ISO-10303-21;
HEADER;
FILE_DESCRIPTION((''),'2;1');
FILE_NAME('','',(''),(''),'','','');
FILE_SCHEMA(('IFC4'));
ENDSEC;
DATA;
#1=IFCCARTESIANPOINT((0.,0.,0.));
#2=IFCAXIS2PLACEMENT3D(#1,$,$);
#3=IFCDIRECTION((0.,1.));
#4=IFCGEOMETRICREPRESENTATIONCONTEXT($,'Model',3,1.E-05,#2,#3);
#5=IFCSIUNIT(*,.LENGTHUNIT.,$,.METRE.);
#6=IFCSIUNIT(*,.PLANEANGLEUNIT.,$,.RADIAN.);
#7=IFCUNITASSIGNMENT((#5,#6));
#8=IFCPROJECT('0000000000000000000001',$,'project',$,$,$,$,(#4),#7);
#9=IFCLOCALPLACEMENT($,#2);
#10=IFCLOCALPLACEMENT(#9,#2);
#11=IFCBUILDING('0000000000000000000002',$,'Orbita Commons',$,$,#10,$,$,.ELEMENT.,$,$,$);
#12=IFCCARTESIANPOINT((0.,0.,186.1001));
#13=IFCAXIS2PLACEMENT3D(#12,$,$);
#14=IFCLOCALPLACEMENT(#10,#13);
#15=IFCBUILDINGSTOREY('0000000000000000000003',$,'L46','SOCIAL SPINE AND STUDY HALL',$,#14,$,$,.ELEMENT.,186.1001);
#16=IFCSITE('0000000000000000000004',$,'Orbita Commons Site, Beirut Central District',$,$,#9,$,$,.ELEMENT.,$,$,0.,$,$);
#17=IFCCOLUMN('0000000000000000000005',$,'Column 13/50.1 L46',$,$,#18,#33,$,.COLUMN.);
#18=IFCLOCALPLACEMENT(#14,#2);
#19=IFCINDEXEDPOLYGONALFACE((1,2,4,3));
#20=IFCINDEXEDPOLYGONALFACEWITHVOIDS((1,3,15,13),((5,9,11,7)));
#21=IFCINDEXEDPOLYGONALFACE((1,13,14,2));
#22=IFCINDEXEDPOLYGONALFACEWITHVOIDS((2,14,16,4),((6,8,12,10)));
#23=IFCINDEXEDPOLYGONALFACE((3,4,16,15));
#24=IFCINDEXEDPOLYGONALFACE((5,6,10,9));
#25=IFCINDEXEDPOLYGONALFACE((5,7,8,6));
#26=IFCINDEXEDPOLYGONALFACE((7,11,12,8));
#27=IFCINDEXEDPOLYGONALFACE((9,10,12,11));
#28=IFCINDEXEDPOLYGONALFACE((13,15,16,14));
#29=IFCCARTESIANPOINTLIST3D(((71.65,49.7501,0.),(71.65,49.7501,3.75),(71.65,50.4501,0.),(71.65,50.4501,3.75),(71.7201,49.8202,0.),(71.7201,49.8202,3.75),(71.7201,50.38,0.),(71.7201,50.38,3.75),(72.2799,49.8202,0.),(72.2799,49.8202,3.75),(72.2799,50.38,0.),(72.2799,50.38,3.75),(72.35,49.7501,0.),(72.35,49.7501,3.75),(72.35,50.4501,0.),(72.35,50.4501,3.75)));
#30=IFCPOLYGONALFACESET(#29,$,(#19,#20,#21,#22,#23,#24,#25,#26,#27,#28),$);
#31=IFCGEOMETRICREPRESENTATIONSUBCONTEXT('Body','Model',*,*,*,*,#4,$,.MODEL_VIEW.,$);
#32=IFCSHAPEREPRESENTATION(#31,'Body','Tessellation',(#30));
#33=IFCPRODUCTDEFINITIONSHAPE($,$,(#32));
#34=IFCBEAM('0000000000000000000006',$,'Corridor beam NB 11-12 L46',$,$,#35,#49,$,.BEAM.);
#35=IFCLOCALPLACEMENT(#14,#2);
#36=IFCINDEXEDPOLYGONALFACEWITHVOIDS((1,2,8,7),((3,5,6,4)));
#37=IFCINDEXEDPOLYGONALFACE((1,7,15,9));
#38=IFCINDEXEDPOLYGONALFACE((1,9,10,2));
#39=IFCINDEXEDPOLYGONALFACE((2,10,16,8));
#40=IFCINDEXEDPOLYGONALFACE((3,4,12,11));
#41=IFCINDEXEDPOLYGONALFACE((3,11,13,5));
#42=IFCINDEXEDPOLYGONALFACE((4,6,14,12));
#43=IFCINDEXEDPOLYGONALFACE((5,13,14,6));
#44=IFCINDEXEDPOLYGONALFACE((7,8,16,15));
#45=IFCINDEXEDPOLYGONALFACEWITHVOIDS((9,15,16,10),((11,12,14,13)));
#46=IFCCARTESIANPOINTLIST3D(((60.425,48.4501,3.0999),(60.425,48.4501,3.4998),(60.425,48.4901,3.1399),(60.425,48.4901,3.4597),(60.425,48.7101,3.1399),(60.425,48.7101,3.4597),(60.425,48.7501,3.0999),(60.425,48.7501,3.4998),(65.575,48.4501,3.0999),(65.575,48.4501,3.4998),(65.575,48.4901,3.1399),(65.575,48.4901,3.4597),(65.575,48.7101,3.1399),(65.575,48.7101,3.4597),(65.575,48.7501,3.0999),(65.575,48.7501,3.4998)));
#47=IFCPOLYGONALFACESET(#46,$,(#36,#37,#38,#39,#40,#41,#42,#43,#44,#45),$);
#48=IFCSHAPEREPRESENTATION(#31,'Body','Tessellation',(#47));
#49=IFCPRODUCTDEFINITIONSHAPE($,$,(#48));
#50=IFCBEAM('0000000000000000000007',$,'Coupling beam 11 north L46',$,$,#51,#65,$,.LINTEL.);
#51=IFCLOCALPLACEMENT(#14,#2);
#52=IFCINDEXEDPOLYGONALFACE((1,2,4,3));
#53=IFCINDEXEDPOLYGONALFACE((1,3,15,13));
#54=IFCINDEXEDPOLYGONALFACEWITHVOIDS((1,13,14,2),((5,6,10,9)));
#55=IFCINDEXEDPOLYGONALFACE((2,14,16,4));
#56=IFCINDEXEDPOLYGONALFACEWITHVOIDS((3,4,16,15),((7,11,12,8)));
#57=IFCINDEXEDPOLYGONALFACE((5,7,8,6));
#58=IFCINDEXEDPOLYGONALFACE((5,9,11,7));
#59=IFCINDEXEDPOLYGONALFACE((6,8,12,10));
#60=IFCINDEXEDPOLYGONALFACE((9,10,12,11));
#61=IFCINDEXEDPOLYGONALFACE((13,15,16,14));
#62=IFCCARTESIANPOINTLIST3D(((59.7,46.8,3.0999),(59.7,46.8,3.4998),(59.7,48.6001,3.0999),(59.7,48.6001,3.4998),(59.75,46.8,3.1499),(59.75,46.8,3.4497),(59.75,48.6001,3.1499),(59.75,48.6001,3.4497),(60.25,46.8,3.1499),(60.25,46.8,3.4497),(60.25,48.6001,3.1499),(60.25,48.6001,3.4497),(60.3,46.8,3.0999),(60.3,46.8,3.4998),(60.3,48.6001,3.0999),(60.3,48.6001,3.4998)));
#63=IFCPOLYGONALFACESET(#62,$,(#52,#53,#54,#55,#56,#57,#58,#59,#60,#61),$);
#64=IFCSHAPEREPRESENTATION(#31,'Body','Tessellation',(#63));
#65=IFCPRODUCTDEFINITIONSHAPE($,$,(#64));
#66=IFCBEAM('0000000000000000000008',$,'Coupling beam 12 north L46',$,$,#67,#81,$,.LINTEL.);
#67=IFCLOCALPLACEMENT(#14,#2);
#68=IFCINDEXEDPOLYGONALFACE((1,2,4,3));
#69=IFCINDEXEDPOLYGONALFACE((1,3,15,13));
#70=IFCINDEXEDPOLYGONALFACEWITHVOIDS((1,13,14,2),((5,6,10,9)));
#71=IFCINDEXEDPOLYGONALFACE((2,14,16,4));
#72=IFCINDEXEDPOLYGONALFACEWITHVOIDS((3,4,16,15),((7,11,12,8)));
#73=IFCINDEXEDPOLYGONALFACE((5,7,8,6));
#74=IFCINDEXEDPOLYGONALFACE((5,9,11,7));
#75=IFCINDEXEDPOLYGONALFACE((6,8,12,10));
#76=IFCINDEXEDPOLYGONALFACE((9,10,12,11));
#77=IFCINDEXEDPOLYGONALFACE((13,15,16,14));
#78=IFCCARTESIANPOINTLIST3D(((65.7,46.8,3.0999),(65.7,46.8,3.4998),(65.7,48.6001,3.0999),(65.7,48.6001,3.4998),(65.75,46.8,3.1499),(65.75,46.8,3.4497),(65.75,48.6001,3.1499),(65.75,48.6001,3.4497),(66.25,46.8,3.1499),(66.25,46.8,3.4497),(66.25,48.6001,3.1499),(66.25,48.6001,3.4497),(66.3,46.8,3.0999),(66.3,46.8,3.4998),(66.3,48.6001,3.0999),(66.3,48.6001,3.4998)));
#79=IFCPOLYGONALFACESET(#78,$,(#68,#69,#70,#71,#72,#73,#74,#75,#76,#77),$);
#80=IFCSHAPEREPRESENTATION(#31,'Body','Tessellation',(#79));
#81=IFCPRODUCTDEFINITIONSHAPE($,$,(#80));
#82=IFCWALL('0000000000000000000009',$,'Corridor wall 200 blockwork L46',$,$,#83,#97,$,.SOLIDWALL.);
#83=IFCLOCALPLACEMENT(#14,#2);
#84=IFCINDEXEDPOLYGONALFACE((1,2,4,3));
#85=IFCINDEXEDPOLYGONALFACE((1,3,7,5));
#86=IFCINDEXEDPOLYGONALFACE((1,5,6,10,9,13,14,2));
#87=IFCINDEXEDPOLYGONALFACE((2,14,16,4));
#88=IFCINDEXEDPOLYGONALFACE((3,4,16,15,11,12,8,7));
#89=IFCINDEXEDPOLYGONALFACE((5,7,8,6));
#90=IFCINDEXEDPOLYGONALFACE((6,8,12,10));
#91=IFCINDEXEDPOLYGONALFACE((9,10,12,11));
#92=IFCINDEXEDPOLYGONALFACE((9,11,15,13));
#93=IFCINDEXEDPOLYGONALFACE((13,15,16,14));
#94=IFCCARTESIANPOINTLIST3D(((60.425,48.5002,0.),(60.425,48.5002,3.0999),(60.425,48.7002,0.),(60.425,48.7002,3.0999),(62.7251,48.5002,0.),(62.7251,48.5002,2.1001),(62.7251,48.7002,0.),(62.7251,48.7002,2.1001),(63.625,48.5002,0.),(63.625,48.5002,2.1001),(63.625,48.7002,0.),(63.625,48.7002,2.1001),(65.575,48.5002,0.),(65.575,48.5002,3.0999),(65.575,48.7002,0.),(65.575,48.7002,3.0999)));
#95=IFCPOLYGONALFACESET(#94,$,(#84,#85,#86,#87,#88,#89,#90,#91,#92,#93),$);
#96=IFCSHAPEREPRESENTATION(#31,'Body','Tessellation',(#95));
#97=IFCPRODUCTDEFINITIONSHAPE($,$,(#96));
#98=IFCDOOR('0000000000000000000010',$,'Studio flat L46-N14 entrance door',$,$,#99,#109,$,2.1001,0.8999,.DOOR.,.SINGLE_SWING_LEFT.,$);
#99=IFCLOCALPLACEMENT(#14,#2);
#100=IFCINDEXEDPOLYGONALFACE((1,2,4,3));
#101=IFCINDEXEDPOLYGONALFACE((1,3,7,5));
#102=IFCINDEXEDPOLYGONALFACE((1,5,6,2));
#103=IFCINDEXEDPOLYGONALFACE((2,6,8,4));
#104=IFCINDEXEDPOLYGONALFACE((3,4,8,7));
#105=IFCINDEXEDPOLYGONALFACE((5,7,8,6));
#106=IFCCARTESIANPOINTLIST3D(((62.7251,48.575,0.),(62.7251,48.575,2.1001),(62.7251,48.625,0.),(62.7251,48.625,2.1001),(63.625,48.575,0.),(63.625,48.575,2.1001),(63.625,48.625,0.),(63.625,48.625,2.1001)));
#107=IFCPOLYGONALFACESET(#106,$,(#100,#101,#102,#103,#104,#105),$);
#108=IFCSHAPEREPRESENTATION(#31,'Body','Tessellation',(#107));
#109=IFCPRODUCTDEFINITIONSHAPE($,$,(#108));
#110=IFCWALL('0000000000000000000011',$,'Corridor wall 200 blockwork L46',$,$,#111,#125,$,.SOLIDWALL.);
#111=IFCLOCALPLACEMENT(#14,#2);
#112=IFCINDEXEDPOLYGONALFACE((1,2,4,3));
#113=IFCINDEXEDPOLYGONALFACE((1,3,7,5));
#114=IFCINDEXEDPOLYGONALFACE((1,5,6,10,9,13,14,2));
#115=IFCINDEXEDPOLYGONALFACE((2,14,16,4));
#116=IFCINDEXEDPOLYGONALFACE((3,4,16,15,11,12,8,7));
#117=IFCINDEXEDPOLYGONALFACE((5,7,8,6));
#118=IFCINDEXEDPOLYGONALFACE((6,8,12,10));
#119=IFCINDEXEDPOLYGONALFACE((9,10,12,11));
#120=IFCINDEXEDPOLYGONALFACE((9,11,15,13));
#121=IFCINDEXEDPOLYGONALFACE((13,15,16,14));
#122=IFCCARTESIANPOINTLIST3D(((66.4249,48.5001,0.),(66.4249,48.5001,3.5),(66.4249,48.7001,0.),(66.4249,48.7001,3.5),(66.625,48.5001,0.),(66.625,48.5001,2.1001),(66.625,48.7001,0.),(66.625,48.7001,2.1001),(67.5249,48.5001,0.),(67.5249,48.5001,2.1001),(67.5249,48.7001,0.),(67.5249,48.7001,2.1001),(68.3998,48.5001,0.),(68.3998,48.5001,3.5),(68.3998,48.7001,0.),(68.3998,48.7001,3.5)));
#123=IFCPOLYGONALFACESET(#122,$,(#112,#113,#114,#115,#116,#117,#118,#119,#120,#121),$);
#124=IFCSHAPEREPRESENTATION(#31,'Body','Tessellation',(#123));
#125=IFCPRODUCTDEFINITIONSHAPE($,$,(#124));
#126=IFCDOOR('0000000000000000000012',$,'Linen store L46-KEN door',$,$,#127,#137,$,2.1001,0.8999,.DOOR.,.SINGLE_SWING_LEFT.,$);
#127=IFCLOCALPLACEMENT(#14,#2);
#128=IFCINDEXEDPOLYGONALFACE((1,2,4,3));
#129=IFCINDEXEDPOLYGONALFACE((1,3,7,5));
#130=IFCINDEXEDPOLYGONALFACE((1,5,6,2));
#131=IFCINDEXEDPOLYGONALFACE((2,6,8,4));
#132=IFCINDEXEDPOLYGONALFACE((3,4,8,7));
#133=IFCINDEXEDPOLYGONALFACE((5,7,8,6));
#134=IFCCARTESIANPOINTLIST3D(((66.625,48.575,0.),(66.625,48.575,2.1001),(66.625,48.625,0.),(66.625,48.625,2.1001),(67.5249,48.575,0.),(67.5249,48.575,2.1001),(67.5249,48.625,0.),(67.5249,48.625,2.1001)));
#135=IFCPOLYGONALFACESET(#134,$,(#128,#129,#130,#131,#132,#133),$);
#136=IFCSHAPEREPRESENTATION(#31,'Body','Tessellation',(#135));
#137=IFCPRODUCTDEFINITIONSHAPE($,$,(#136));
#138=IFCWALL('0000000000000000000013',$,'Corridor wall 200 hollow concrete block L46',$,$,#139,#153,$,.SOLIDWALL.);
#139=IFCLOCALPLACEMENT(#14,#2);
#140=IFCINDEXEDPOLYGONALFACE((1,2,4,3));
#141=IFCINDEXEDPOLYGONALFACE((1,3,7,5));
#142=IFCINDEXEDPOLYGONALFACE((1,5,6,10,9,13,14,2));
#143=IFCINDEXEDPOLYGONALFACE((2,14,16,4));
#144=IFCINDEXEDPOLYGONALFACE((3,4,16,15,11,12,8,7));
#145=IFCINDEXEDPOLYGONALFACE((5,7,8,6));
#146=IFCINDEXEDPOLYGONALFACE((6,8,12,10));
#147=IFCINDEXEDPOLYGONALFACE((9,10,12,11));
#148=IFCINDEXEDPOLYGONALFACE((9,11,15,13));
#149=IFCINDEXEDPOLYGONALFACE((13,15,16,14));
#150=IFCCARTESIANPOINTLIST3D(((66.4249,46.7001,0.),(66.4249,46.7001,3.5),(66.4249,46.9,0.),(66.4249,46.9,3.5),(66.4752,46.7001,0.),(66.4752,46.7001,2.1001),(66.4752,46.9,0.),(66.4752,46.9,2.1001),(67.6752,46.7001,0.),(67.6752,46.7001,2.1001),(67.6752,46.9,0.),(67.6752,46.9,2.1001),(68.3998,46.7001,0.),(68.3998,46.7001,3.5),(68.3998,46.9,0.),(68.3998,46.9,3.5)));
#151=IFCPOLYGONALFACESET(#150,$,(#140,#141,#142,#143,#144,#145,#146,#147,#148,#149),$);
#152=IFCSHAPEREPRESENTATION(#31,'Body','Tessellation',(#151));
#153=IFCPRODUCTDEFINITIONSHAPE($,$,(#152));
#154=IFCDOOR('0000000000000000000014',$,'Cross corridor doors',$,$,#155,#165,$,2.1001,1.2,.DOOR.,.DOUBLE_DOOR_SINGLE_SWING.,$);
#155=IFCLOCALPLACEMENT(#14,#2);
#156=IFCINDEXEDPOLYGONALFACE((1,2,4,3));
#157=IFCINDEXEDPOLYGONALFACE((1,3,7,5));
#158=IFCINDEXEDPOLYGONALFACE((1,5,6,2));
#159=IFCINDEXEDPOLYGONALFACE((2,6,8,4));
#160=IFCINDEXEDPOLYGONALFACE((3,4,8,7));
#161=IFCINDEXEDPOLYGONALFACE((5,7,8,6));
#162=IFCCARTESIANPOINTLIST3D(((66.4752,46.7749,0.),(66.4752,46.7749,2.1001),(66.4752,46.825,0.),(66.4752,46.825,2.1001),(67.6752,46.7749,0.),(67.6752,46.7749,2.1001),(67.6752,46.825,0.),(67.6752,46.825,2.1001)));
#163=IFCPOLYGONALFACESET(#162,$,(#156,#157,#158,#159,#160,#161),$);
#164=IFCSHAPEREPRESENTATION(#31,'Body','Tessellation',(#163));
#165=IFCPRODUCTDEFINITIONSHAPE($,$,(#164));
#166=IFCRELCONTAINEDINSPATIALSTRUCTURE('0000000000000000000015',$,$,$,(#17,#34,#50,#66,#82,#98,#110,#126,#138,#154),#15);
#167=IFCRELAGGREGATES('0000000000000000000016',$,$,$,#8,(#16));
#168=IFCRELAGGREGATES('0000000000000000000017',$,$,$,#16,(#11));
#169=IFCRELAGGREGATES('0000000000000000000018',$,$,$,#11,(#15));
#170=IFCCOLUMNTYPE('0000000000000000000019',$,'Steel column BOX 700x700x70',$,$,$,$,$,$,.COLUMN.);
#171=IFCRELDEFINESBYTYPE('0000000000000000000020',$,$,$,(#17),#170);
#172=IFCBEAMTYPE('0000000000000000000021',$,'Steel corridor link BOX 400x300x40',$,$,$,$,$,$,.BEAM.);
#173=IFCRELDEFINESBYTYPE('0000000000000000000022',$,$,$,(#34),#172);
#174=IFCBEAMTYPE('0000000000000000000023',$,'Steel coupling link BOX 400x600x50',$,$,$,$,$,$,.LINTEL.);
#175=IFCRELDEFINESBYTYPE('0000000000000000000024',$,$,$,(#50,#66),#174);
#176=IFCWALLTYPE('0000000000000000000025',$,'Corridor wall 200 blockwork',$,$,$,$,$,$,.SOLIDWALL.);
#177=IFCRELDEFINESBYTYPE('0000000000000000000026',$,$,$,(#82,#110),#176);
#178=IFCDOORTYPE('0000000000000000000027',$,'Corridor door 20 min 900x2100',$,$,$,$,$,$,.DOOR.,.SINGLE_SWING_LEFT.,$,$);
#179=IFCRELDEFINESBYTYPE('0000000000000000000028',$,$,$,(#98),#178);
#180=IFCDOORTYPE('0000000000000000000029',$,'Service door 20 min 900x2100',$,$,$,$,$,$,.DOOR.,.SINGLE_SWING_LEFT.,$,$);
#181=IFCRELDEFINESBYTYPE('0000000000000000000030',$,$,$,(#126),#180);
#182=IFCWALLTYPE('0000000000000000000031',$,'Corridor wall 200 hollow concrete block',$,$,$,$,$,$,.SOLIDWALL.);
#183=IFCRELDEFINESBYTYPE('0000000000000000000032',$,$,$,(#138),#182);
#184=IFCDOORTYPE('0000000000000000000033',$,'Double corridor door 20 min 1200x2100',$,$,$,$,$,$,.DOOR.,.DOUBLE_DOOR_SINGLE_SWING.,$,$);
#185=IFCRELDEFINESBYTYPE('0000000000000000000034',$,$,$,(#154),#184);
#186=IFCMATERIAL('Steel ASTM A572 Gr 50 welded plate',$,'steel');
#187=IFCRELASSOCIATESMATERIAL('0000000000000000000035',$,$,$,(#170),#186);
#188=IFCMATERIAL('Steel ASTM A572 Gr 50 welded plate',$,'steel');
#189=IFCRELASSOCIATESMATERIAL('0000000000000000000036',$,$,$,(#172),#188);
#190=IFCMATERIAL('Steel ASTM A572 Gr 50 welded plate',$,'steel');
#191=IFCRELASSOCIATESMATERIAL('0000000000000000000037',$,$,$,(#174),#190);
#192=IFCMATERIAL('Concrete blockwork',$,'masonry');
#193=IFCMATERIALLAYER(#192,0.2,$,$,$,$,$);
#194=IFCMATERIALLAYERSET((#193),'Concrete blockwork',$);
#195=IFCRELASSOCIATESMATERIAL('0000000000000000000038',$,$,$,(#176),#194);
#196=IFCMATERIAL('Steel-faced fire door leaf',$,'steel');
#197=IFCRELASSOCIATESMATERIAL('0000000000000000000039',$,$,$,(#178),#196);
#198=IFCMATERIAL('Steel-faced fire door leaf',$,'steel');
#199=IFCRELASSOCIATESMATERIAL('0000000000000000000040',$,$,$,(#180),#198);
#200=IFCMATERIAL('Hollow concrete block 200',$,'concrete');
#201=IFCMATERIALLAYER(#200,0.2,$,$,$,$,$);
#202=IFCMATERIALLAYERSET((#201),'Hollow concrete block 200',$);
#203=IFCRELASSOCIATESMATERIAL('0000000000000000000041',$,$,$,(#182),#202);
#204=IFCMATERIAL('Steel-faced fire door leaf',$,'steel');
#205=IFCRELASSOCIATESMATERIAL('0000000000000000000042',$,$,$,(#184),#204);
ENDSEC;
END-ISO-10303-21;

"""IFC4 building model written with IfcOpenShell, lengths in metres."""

from ifc_helpers import new_model, si_unit, direction, frame, frame_2d, origin, origin_2d, place, context, subcontext, project, spatial, polyline, rectangle, hollow_rectangle, outline, extrude, material, layer, layer_set, material_profile, profile_set, type_object, element, fill, save


model = new_model("IFC4")

# Units and contexts
model_context = context("Model", 3, precision=1e-05, world=origin(), true_north=direction((0.0, 1.0)))
body_context = subcontext(model_context, "Body", "Model", "MODEL_VIEW")
ifc_project = project(units=[si_unit("LENGTHUNIT", "METRE"), si_unit("PLANEANGLEUNIT", "RADIAN")], contexts=[model_context])

# Site, building, storey
site_placement = place(None, origin())
site = spatial("IfcSite", under=ifc_project, at=site_placement, Name="Orbita Commons Site, Beirut Central District", CompositionType="ELEMENT", RefElevation=0.0)
building_placement = place(site_placement, origin())
building = spatial("IfcBuilding", under=site, at=building_placement, Name="Orbita Commons", CompositionType="ELEMENT")
storey_placement = place(building_placement, frame((0.0, 0.0, 186.1001)))
storey = spatial("IfcBuildingStorey", under=building, at=storey_placement, Name="L46", Description="SOCIAL SPINE AND STUDY HALL", CompositionType="ELEMENT", Elevation=186.1001)

# Column
ifc_material_1 = material(Name="Steel ASTM A572 Gr 50 welded plate", Category="steel")
ifc_material_profile_1 = material_profile(ifc_material_1, hollow_rectangle(XDim=0.7, YDim=0.7, WallThickness=0.0701, at=origin_2d()), Name="BOX 700x700x70")
ifc_profile_set_1 = profile_set([ifc_material_profile_1], Name="Steel ASTM A572 Gr 50 welded plate")
column_type = type_object("IfcColumnType", Name="Steel column BOX 700x700x70", PredefinedType="COLUMN", material=ifc_profile_set_1)
column_placement = place(storey_placement, frame((72.0, 50.1001, 0.0), z_axis=(0.0, 0.0, 1.0), x_axis=(1.0, 0.0, 0.0)))
element("IfcColumn", 1, at=column_placement, inside=storey, type_object=column_type, Name="Column 13/50.1 L46", PredefinedType="COLUMN", context=body_context, shape_type="SweptSolid", body=[
    extrude(hollow_rectangle(XDim=0.7, YDim=0.7, WallThickness=0.0701, at=origin_2d()), origin(), (0.0, 0.0, 1.0), 3.75),
])

# Beams
ifc_material_2 = material(Name="Steel ASTM A572 Gr 50 welded plate", Category="steel")
ifc_material_profile_2 = material_profile(ifc_material_2, hollow_rectangle(XDim=0.3, YDim=0.3999, WallThickness=0.04, at=origin_2d()), Name="BOX 400x300x40")
ifc_profile_set_2 = profile_set([ifc_material_profile_2], Name="Steel ASTM A572 Gr 50 welded plate")
beam_type_1 = type_object("IfcBeamType", Name="Steel corridor link BOX 400x300x40", PredefinedType="BEAM", material=ifc_profile_set_2)
beam_placement = place(storey_placement, frame((60.425, 48.6001, 3.2998), z_axis=(1.0, 0.0, 0.0), x_axis=(0.0, 1.0, 0.0)))
element("IfcBeam", 2, at=beam_placement, inside=storey, type_object=beam_type_1, Name="Corridor beam NB 11-12 L46", PredefinedType="BEAM", context=body_context, shape_type="SweptSolid", body=[
    extrude(hollow_rectangle(XDim=0.3, YDim=0.3999, WallThickness=0.04, at=origin_2d()), origin(), (0.0, 0.0, 1.0), 5.1499),
])
ifc_material_3 = material(Name="Steel ASTM A572 Gr 50 welded plate", Category="steel")
ifc_material_profile_3 = material_profile(ifc_material_3, hollow_rectangle(XDim=0.6001, YDim=0.3999, WallThickness=0.05, at=origin_2d()), Name="BOX 400x600x50")
ifc_profile_set_3 = profile_set([ifc_material_profile_3], Name="Steel ASTM A572 Gr 50 welded plate")
beam_type_2 = type_object("IfcBeamType", Name="Steel coupling link BOX 400x600x50", PredefinedType="LINTEL", material=ifc_profile_set_3)
for number, where, z_axis, x_axis, name in (
    (3, (60.0, 46.8, 3.2998), (0.0, 1.0, 0.0), (-1.0, 0.0, 0.0), "Coupling beam 11 north L46"),
    (4, (66.0, 46.8, 3.2998), (0.0, 1.0, 0.0), (-1.0, 0.0, 0.0), "Coupling beam 12 north L46"),
):
    element("IfcBeam", number, at=place(storey_placement, frame(where, z_axis=z_axis, x_axis=x_axis)), inside=storey, type_object=beam_type_2, Name=name, PredefinedType="LINTEL", context=body_context, shape_type="SweptSolid", body=[
        extrude(hollow_rectangle(XDim=0.6001, YDim=0.3999, WallThickness=0.05, at=origin_2d()), origin(), (0.0, 0.0, 1.0), 1.8),
    ])

# Walls, openings, doors
ifc_material_4 = material(Name="Concrete blockwork", Category="masonry")
ifc_layer_1 = layer(ifc_material_4, 0.2)
ifc_layer_set_1 = layer_set([ifc_layer_1], Name="Concrete blockwork")
wall_type_1 = type_object("IfcWallType", Name="Corridor wall 200 blockwork", PredefinedType="SOLIDWALL", material=ifc_layer_set_1)
wall_1_placement = place(storey_placement, frame((60.425, 48.6001, 0.0), z_axis=(0.0, 0.0, 1.0), x_axis=(1.0, 0.0, 0.0)))
wall_1 = element("IfcWall", 5, at=wall_1_placement, inside=storey, type_object=wall_type_1, Name="Corridor wall 200 blockwork L46", PredefinedType="SOLIDWALL", context=body_context, shape_type="SweptSolid", body=[
    extrude(outline(polyline([(0.0, 0.0), (5.1499, 0.0), (5.1499, 3.0999), (0.0, 3.0999), (0.0, 0.0)])), frame((0.0, 0.1001, 0.0), z_axis=(0.0, -1.0, 0.0), x_axis=(1.0, 0.0, 0.0)), (0.0, 0.0, 1.0), 0.2),
])
opening_1_placement = place(wall_1_placement, frame((2.3, 0.0, 0.0)))
opening_1 = element("IfcOpeningElement", 6, at=opening_1_placement, cuts=wall_1, PredefinedType="OPENING", context=body_context, shape_type="SweptSolid", body=[
    extrude(rectangle(XDim=0.8999, YDim=2.1001, at=frame_2d((0.45, 1.05))), frame((0.0, 0.1099, 0.0), z_axis=(0.0, -1.0, 0.0), x_axis=(1.0, 0.0, 0.0)), (0.0, 0.0, 1.0), 0.22),
])
ifc_material_5 = material(Name="Steel-faced fire door leaf", Category="steel")
door_type_1 = type_object("IfcDoorType", Name="Corridor door 20 min 900x2100", OperationType="SINGLE_SWING_LEFT", PredefinedType="DOOR", material=ifc_material_5)
door_1_placement = place(opening_1_placement, origin())
door_1 = element("IfcDoor", 7, at=door_1_placement, inside=storey, type_object=door_type_1, Name="Studio flat L46-N14 entrance door", OperationType="SINGLE_SWING_LEFT", OverallHeight=2.1001, OverallWidth=0.8999, PredefinedType="DOOR", context=body_context, shape_type="SweptSolid", body=[
    extrude(rectangle(XDim=0.8999, YDim=2.1001, at=frame_2d((0.45, 1.05))), frame((0.0, 0.0249, 0.0), z_axis=(0.0, -1.0, 0.0), x_axis=(1.0, 0.0, 0.0)), (0.0, 0.0, 1.0), 0.05),
])
fill(opening_1, door_1)
wall_2_placement = place(storey_placement, frame((66.425, 48.6001, 0.0), z_axis=(0.0, 0.0, 1.0), x_axis=(1.0, 0.0, 0.0)))
wall_2 = element("IfcWall", 8, at=wall_2_placement, inside=storey, type_object=wall_type_1, Name="Corridor wall 200 blockwork L46", PredefinedType="SOLIDWALL", context=body_context, shape_type="SweptSolid", body=[
    extrude(rectangle(XDim=1.9749, YDim=0.2, at=frame_2d((0.9873, 0.0))), origin(), (0.0, 0.0, 1.0), 3.5),
])
opening_2_placement = place(wall_2_placement, frame((0.2, 0.0, 0.0)))
opening_2 = element("IfcOpeningElement", 9, at=opening_2_placement, cuts=wall_2, PredefinedType="OPENING", context=body_context, shape_type="SweptSolid", body=[
    extrude(rectangle(XDim=0.8999, YDim=2.1001, at=frame_2d((0.45, 1.05))), frame((0.0, 0.1099, 0.0), z_axis=(0.0, -1.0, 0.0), x_axis=(1.0, 0.0, 0.0)), (0.0, 0.0, 1.0), 0.22),
])
ifc_material_6 = material(Name="Steel-faced fire door leaf", Category="steel")
door_type_2 = type_object("IfcDoorType", Name="Service door 20 min 900x2100", OperationType="SINGLE_SWING_LEFT", PredefinedType="DOOR", material=ifc_material_6)
door_2_placement = place(opening_2_placement, origin())
door_2 = element("IfcDoor", 10, at=door_2_placement, inside=storey, type_object=door_type_2, Name="Linen store L46-KEN door", OperationType="SINGLE_SWING_LEFT", OverallHeight=2.1001, OverallWidth=0.8999, PredefinedType="DOOR", context=body_context, shape_type="SweptSolid", body=[
    extrude(rectangle(XDim=0.8999, YDim=2.1001, at=frame_2d((0.45, 1.05))), frame((0.0, 0.0249, 0.0), z_axis=(0.0, -1.0, 0.0), x_axis=(1.0, 0.0, 0.0)), (0.0, 0.0, 1.0), 0.05),
])
fill(opening_2, door_2)
ifc_material_7 = material(Name="Hollow concrete block 200", Category="concrete")
ifc_layer_2 = layer(ifc_material_7, 0.2)
ifc_layer_set_2 = layer_set([ifc_layer_2], Name="Hollow concrete block 200")
wall_type_2 = type_object("IfcWallType", Name="Corridor wall 200 hollow concrete block", PredefinedType="SOLIDWALL", material=ifc_layer_set_2)
wall_3_placement = place(storey_placement, frame((66.425, 46.8, 0.0), z_axis=(0.0, 0.0, 1.0), x_axis=(1.0, 0.0, 0.0)))
wall_3 = element("IfcWall", 11, at=wall_3_placement, inside=storey, type_object=wall_type_2, Name="Corridor wall 200 hollow concrete block L46", PredefinedType="SOLIDWALL", context=body_context, shape_type="SweptSolid", body=[
    extrude(rectangle(XDim=1.9749, YDim=0.2, at=frame_2d((0.9873, 0.0))), origin(), (0.0, 0.0, 1.0), 3.5),
])
opening_3_placement = place(wall_3_placement, frame((0.05, 0.0, 0.0)))
opening_3 = element("IfcOpeningElement", 12, at=opening_3_placement, cuts=wall_3, PredefinedType="OPENING", context=body_context, shape_type="SweptSolid", body=[
    extrude(rectangle(XDim=1.2, YDim=2.1001, at=frame_2d((0.6001, 1.05))), frame((0.0, 0.1099, 0.0), z_axis=(0.0, -1.0, 0.0), x_axis=(1.0, 0.0, 0.0)), (0.0, 0.0, 1.0), 0.22),
])
ifc_material_8 = material(Name="Steel-faced fire door leaf", Category="steel")
door_type_3 = type_object("IfcDoorType", Name="Double corridor door 20 min 1200x2100", OperationType="DOUBLE_DOOR_SINGLE_SWING", PredefinedType="DOOR", material=ifc_material_8)
door_3_placement = place(opening_3_placement, origin())
door_3 = element("IfcDoor", 13, at=door_3_placement, inside=storey, type_object=door_type_3, Name="Cross corridor doors", OperationType="DOUBLE_DOOR_SINGLE_SWING", OverallHeight=2.1001, OverallWidth=1.2, PredefinedType="DOOR", context=body_context, shape_type="SweptSolid", body=[
    extrude(rectangle(XDim=1.2, YDim=2.1001, at=frame_2d((0.6001, 1.05))), frame((0.0, 0.0249, 0.0), z_axis=(0.0, -1.0, 0.0), x_axis=(1.0, 0.0, 0.0)), (0.0, 0.0, 1.0), 0.05),
])
fill(opening_3, door_3)

save(model, "model.ifc")
